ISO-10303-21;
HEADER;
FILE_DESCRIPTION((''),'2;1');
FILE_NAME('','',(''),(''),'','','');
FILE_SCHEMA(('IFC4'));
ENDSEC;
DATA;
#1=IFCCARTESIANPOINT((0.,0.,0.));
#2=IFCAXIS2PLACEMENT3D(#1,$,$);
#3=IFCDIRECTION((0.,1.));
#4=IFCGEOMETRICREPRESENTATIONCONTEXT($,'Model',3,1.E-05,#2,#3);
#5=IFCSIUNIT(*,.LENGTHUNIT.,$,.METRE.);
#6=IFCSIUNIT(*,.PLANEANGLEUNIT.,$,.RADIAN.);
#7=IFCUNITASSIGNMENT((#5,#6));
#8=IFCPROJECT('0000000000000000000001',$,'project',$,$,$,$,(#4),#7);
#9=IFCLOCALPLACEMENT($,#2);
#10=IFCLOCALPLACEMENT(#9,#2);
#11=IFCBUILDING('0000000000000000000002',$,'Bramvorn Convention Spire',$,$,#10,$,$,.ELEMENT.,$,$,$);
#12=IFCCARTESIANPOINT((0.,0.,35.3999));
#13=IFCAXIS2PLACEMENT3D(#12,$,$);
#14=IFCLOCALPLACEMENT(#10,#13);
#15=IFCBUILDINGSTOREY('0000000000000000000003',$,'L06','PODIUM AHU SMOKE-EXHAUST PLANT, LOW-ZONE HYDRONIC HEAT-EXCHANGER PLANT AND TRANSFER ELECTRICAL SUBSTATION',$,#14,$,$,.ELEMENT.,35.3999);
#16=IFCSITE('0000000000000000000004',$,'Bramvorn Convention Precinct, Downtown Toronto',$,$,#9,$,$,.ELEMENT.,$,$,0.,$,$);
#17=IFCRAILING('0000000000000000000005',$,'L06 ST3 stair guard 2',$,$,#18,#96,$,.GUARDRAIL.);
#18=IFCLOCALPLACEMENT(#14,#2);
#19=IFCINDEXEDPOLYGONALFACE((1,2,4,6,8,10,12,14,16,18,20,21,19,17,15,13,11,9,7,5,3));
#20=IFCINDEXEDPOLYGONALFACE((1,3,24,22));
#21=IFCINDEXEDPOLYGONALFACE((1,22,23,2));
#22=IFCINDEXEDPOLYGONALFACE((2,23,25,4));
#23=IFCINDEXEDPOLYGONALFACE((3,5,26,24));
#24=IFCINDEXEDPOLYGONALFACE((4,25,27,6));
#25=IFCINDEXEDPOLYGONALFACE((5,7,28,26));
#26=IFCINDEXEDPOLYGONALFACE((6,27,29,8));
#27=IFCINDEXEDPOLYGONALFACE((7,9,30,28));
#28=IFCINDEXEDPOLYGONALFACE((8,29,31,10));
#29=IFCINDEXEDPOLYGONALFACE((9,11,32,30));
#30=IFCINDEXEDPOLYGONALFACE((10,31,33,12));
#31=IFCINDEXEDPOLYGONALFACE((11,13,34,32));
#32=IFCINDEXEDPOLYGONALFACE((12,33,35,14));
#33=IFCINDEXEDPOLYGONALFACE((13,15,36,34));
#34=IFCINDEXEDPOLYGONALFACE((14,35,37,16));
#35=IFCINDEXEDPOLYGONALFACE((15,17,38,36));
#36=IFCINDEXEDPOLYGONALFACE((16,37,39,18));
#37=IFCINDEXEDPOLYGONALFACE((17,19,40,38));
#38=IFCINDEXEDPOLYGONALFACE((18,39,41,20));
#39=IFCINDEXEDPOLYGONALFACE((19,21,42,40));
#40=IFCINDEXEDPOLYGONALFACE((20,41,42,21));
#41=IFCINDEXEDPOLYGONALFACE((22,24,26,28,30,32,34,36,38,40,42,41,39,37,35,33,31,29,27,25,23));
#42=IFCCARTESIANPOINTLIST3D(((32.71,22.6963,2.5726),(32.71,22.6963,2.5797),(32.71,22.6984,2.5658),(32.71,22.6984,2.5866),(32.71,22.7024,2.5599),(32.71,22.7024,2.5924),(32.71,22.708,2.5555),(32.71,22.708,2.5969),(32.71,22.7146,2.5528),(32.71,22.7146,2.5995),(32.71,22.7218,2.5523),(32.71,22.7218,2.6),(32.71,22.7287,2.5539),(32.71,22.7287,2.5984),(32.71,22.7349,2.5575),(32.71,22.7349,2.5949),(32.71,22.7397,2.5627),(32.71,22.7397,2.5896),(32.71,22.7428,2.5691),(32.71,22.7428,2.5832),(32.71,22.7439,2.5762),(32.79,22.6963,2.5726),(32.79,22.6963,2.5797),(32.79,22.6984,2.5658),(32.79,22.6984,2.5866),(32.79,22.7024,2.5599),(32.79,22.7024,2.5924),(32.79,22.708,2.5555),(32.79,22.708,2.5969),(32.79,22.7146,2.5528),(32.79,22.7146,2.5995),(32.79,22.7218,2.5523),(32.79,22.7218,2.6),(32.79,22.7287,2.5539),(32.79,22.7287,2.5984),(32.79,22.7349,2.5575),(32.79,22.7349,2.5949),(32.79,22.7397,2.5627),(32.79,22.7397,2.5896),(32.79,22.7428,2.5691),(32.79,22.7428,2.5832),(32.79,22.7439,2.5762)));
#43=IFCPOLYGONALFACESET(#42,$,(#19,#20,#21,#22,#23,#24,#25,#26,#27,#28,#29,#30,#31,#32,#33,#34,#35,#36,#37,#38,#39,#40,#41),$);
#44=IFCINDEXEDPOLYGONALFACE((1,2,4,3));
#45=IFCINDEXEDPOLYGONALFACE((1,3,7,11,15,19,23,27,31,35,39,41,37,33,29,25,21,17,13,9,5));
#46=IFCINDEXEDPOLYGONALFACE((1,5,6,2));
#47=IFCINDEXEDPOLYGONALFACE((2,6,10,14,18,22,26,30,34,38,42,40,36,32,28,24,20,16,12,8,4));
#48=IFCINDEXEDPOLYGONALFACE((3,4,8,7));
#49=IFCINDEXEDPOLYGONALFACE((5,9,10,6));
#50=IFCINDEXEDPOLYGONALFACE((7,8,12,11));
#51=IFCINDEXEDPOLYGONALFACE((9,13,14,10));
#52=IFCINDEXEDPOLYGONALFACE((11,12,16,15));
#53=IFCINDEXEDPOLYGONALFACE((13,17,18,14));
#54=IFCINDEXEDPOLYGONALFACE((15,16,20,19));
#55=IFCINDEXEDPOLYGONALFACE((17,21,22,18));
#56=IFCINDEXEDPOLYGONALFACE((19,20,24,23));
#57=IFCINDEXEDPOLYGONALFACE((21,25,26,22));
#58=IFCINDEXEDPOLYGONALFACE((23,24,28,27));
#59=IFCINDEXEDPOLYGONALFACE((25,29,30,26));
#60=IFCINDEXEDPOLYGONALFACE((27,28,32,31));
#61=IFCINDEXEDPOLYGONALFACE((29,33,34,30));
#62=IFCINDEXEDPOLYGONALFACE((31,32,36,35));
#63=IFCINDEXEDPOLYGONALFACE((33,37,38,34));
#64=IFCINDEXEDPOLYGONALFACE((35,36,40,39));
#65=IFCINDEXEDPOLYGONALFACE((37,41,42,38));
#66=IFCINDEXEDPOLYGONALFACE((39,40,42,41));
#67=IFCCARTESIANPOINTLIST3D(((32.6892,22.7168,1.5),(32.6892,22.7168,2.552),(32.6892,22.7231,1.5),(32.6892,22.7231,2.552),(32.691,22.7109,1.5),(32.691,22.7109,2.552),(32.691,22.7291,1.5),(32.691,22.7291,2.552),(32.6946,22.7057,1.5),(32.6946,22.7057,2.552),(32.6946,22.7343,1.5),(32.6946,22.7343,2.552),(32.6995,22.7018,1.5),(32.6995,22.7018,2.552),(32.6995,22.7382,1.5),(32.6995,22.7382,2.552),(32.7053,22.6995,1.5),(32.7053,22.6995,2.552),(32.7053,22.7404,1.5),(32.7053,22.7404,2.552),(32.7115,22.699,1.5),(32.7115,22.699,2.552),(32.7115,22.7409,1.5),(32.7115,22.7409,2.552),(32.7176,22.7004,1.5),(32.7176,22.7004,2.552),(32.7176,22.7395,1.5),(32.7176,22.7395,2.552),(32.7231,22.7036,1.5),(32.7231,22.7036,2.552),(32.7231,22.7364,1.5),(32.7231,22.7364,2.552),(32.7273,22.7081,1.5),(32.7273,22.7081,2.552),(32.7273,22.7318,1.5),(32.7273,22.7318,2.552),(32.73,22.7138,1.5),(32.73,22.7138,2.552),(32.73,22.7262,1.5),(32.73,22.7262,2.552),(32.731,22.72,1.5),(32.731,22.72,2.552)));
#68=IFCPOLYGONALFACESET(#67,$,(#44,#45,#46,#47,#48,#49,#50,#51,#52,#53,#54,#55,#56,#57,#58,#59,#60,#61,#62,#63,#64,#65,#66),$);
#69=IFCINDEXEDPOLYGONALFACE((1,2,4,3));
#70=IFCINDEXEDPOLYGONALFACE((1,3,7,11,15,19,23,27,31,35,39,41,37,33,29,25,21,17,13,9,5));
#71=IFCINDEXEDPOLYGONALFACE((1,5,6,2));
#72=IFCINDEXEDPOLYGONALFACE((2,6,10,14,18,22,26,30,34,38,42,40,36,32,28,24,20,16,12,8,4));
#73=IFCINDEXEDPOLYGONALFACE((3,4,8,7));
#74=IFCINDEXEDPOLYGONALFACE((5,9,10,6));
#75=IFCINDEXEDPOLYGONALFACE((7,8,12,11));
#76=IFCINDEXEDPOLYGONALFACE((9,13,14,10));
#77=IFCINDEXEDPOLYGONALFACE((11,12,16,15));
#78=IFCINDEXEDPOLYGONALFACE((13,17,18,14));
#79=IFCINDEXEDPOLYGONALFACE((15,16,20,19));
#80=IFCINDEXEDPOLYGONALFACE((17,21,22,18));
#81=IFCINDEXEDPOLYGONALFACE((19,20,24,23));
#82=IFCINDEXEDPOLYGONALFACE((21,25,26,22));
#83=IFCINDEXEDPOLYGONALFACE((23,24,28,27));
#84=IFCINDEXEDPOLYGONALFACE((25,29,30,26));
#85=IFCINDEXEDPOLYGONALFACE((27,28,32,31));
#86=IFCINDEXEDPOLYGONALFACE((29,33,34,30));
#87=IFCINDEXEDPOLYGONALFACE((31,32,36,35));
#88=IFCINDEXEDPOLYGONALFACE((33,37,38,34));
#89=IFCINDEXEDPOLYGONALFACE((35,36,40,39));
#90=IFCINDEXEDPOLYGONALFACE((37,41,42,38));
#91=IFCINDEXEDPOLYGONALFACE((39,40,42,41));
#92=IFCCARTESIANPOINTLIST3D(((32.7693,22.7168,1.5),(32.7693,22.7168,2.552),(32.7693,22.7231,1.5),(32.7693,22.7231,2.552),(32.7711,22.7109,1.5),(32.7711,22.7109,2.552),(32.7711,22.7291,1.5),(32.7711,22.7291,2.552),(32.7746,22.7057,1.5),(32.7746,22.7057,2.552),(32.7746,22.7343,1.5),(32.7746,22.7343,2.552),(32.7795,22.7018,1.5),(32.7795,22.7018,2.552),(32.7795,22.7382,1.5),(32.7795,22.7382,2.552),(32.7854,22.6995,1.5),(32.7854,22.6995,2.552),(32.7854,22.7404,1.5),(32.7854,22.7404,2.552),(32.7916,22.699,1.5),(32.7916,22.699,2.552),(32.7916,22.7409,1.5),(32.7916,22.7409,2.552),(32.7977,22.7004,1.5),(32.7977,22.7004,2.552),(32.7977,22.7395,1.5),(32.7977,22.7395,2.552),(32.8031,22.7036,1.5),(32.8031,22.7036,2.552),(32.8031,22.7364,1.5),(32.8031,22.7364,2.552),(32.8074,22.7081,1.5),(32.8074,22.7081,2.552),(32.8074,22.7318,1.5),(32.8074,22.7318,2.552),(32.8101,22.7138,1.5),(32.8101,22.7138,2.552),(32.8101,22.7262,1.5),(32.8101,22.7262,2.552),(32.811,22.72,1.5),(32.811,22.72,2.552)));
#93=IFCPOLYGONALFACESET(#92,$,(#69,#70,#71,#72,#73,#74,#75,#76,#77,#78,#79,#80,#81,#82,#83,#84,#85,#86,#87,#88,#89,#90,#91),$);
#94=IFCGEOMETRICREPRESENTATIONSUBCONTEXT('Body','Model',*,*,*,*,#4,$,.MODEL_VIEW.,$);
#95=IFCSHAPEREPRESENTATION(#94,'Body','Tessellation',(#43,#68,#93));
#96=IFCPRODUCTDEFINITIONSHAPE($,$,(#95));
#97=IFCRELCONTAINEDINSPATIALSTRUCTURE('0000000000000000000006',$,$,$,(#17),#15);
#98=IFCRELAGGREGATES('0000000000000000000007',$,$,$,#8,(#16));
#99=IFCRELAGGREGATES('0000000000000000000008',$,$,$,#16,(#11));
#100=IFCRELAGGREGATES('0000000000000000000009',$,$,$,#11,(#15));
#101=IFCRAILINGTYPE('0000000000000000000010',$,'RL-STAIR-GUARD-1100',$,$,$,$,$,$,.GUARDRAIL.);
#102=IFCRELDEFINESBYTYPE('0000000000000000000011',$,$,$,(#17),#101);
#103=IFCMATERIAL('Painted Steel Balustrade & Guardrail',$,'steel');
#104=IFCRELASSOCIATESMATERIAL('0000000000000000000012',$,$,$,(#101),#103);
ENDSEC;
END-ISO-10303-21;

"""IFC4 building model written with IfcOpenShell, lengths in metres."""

from ifc_helpers import new_model, si_unit, direction, frame, origin, origin_2d, place, context, subcontext, project, spatial, circle, extrude, material, type_object, element, save


model = new_model("IFC4")

# Units and contexts
model_context = context("Model", 3, precision=1e-05, world=origin(), true_north=direction((0.0, 1.0)))
body_context = subcontext(model_context, "Body", "Model", "MODEL_VIEW")
ifc_project = project(units=[si_unit("LENGTHUNIT", "METRE"), si_unit("PLANEANGLEUNIT", "RADIAN")], contexts=[model_context])

# Site, building, storey
site_placement = place(None, origin())
site = spatial("IfcSite", under=ifc_project, at=site_placement, Name="Bramvorn Convention Precinct, Downtown Toronto", CompositionType="ELEMENT", RefElevation=0.0)
building_placement = place(site_placement, origin())
building = spatial("IfcBuilding", under=site, at=building_placement, Name="Bramvorn Convention Spire", CompositionType="ELEMENT")
storey_placement = place(building_placement, frame((0.0, 0.0, 35.3999)))
storey = spatial("IfcBuildingStorey", under=building, at=storey_placement, Name="L06", Description="PODIUM AHU SMOKE-EXHAUST PLANT, LOW-ZONE HYDRONIC HEAT-EXCHANGER PLANT AND TRANSFER ELECTRICAL SUBSTATION", CompositionType="ELEMENT", Elevation=35.3999)

# Railing
ifc_material_1 = material(Name="Painted Steel Balustrade & Guardrail", Category="steel")
railing_type_1 = type_object("IfcRailingType", Name="RL-STAIR-GUARD-1100", PredefinedType="GUARDRAIL", material=ifc_material_1)
railing_1_placement = place(storey_placement, frame((32.71, 22.72, 1.5)))
element("IfcRailing", 1, at=railing_1_placement, inside=storey, type_object=railing_type_1, Name="L06 ST3 stair guard 2", PredefinedType="GUARDRAIL", context=body_context, shape_type="SweptSolid", body=[
    extrude(circle(Radius=0.0239, at=origin_2d()), frame((0.0, 0.0, 1.0762), z_axis=(1.0, 0.0, 0.0), x_axis=(0.0, 1.0, 0.0)), (0.0, 0.0, 1.0), 0.0801),
    extrude(circle(Radius=0.021, at=origin_2d()), origin(), (0.0, 0.0, 1.0), 1.052),
    extrude(circle(Radius=0.021, at=origin_2d()), frame((0.0801, 0.0, 0.0)), (0.0, 0.0, 1.0), 1.052),
])

save(model, "model.ifc")
